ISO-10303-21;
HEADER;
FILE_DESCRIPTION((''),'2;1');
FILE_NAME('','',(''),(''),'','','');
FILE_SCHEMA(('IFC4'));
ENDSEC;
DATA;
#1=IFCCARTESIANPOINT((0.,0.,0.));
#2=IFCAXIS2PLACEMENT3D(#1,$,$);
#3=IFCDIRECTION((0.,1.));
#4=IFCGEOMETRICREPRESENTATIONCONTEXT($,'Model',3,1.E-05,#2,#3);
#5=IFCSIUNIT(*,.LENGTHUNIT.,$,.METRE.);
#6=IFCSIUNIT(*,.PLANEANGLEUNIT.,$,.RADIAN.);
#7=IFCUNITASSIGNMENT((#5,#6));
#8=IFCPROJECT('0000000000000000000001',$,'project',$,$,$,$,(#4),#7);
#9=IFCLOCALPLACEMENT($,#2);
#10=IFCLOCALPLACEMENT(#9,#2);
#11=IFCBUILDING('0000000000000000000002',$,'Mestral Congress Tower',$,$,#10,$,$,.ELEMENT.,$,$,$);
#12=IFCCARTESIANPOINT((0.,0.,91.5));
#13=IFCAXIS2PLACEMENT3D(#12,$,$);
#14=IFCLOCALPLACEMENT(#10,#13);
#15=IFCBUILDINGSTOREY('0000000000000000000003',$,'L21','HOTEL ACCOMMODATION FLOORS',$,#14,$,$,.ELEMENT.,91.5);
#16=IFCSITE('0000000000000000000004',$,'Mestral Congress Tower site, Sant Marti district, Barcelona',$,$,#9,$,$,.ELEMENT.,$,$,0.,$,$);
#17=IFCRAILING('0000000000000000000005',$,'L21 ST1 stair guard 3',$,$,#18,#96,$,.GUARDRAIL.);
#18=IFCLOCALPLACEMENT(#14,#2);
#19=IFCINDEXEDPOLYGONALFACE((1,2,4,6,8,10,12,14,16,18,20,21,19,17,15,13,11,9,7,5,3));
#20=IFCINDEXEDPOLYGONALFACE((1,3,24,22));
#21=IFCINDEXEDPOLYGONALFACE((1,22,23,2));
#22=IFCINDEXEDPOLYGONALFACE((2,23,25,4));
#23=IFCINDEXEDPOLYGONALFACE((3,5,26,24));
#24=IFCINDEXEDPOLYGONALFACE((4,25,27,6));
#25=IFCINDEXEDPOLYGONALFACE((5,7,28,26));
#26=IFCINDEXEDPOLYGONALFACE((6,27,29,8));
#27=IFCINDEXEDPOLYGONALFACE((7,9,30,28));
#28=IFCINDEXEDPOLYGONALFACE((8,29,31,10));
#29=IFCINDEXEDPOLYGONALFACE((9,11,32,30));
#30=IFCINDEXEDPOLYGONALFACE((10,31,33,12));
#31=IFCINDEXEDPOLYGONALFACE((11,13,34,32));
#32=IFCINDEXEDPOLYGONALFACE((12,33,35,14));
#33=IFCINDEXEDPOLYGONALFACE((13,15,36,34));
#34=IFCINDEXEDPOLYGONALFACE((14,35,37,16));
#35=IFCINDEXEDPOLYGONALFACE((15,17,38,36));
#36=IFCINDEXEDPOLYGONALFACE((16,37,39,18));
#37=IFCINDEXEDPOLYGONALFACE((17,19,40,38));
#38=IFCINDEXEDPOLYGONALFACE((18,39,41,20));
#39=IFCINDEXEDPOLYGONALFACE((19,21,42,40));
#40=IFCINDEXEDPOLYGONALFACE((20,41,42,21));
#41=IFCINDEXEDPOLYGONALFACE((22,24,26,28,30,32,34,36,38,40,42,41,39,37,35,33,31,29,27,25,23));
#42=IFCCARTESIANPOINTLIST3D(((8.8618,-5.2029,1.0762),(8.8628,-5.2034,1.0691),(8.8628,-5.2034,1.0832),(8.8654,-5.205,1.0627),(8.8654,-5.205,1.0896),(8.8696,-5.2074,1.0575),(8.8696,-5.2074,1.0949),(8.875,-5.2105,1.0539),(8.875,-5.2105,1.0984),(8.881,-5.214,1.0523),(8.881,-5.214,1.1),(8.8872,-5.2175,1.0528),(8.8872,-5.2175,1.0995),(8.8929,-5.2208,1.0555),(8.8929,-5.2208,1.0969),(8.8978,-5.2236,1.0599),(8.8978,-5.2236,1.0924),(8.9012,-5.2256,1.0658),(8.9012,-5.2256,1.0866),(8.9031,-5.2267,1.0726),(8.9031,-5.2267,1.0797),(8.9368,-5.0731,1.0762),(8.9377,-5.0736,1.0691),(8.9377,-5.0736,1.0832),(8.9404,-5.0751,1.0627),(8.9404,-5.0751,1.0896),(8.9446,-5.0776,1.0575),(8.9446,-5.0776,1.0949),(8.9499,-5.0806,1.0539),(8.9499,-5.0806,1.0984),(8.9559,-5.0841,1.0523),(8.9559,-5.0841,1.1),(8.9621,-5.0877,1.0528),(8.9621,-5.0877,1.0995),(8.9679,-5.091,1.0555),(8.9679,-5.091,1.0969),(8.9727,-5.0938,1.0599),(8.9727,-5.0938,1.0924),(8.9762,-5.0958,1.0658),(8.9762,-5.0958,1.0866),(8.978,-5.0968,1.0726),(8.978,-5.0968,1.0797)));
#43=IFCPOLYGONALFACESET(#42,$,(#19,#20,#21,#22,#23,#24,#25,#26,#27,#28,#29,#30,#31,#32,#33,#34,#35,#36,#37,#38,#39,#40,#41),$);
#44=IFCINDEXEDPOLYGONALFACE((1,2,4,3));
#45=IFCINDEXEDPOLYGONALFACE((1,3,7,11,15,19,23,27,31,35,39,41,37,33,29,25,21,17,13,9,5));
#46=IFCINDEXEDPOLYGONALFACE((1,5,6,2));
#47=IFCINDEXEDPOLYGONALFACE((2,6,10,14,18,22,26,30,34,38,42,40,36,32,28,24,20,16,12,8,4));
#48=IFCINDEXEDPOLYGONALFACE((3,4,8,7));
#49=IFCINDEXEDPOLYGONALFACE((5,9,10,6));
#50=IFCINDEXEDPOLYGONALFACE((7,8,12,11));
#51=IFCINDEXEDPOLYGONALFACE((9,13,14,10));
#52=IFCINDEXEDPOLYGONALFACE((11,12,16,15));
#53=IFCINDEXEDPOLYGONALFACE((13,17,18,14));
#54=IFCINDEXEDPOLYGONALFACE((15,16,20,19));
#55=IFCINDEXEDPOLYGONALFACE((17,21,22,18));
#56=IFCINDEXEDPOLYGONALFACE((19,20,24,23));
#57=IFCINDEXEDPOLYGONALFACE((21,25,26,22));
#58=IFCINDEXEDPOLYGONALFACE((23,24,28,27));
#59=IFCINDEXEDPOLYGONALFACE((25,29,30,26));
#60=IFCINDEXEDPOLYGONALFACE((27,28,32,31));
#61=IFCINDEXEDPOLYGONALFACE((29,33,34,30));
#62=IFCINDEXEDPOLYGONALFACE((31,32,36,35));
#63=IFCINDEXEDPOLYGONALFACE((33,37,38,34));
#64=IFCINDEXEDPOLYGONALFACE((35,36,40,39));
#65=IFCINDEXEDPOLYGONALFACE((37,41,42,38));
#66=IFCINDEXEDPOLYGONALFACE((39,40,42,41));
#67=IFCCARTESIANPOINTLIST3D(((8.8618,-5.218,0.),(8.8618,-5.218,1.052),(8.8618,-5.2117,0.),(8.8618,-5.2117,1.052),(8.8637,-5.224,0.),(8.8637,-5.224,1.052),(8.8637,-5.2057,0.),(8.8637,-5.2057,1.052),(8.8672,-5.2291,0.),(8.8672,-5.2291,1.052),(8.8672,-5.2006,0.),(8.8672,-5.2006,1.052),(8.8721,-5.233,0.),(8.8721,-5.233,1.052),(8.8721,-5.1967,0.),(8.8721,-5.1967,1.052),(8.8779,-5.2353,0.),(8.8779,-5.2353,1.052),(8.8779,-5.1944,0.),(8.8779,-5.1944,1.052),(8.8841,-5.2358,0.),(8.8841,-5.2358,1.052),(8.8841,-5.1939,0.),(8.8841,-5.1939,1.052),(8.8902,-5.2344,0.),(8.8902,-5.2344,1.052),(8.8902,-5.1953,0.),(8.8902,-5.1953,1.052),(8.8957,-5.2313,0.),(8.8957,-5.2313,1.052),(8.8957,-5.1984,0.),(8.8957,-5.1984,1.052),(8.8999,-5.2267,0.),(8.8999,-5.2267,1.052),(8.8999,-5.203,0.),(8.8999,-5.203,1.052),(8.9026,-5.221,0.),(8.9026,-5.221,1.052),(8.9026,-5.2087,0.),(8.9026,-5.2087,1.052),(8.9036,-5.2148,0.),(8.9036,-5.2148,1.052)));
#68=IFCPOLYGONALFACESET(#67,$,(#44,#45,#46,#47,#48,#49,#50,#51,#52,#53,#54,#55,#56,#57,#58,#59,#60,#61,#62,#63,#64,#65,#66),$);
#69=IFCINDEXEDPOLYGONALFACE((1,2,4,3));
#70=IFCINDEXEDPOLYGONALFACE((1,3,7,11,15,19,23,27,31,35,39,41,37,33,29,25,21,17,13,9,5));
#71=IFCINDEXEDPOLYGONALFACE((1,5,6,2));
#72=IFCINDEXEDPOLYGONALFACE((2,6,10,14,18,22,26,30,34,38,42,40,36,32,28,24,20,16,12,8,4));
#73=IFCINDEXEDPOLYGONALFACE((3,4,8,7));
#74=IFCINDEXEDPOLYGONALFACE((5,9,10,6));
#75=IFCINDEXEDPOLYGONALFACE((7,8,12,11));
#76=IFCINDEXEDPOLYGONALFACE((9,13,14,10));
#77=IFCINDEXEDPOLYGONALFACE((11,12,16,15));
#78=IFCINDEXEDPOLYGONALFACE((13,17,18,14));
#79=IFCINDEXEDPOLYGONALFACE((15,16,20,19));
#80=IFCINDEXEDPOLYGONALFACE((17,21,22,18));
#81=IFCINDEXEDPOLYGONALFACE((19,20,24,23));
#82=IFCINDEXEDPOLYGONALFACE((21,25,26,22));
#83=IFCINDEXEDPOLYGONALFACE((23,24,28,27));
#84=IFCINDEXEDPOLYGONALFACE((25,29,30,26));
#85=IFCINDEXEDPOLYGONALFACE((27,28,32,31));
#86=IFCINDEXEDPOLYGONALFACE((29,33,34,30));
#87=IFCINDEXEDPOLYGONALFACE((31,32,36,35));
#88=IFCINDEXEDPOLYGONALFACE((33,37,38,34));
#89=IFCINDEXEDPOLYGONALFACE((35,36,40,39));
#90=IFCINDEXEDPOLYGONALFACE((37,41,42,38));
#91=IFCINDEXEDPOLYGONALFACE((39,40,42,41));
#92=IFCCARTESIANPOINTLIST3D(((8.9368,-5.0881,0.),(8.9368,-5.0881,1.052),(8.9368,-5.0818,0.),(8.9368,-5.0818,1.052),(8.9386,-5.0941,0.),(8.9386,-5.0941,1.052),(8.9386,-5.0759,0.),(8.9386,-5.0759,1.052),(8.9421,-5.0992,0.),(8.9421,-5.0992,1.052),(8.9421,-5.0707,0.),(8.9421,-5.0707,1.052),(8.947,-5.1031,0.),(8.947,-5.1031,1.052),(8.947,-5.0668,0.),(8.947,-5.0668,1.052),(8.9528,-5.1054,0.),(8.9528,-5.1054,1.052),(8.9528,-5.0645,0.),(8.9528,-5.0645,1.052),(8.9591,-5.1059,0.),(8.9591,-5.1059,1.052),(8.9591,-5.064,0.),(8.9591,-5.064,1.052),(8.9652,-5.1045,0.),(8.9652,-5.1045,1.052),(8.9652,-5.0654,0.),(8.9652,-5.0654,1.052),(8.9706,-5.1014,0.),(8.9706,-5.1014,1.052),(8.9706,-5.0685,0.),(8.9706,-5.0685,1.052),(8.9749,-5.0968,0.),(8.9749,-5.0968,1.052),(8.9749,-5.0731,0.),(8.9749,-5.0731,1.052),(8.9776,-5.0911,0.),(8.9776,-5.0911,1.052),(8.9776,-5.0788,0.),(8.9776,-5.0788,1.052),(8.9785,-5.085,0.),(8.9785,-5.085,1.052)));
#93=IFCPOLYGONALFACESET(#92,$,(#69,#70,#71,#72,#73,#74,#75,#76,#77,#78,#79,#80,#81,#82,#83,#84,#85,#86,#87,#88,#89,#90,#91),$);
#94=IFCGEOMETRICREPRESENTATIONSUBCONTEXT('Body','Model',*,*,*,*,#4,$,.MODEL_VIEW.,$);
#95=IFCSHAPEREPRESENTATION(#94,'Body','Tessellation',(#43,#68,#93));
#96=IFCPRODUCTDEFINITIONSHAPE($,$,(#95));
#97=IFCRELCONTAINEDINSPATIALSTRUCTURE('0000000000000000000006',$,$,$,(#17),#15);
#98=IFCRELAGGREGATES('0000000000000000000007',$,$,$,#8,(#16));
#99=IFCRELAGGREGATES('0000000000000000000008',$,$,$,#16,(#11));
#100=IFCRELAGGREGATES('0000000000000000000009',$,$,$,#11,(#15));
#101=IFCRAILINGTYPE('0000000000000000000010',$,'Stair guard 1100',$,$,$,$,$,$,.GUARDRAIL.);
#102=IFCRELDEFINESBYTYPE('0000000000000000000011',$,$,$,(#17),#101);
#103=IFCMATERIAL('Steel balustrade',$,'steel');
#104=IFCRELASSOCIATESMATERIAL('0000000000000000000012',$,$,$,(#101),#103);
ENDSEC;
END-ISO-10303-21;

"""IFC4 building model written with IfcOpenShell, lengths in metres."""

from ifc_helpers import new_model, si_unit, direction, frame, origin, origin_2d, place, context, subcontext, project, spatial, circle, extrude, material, type_object, element, save


model = new_model("IFC4")

# Units and contexts
model_context = context("Model", 3, precision=1e-05, world=origin(), true_north=direction((0.0, 1.0)))
body_context = subcontext(model_context, "Body", "Model", "MODEL_VIEW")
ifc_project = project(units=[si_unit("LENGTHUNIT", "METRE"), si_unit("PLANEANGLEUNIT", "RADIAN")], contexts=[model_context])

# Site, building, storey
site_placement = place(None, origin())
site = spatial("IfcSite", under=ifc_project, at=site_placement, Name="Mestral Congress Tower site, Sant Marti district, Barcelona", CompositionType="ELEMENT", RefElevation=0.0)
building_placement = place(site_placement, origin())
building = spatial("IfcBuilding", under=site, at=building_placement, Name="Mestral Congress Tower", CompositionType="ELEMENT")
storey_placement = place(building_placement, frame((0.0, 0.0, 91.5)))
storey = spatial("IfcBuildingStorey", under=building, at=storey_placement, Name="L21", Description="HOTEL ACCOMMODATION FLOORS", CompositionType="ELEMENT", Elevation=91.5)

# Railing
ifc_material_1 = material(Name="Steel balustrade", Category="steel")
railing_type_1 = type_object("IfcRailingType", Name="Stair guard 1100", PredefinedType="GUARDRAIL", material=ifc_material_1)
railing_1_placement = place(storey_placement, frame((8.8826, -5.2148, 0.0)))
element("IfcRailing", 1, at=railing_1_placement, inside=storey, type_object=railing_type_1, Name="L21 ST1 stair guard 3", PredefinedType="GUARDRAIL", context=body_context, shape_type="SweptSolid", body=[
    extrude(circle(Radius=0.0239, at=origin_2d()), frame((0.0, 0.0, 1.0762), z_axis=(0.499816, 0.866131, 0.0), x_axis=(-0.866131, 0.499816, 0.0)), (0.0, 0.0, 1.0), 0.1499),
    extrude(circle(Radius=0.021, at=origin_2d()), origin(), (0.0, 0.0, 1.0), 1.052),
    extrude(circle(Radius=0.021, at=origin_2d()), frame((0.075, 0.1299, 0.0)), (0.0, 0.0, 1.0), 1.052),
])

save(model, "model.ifc")
